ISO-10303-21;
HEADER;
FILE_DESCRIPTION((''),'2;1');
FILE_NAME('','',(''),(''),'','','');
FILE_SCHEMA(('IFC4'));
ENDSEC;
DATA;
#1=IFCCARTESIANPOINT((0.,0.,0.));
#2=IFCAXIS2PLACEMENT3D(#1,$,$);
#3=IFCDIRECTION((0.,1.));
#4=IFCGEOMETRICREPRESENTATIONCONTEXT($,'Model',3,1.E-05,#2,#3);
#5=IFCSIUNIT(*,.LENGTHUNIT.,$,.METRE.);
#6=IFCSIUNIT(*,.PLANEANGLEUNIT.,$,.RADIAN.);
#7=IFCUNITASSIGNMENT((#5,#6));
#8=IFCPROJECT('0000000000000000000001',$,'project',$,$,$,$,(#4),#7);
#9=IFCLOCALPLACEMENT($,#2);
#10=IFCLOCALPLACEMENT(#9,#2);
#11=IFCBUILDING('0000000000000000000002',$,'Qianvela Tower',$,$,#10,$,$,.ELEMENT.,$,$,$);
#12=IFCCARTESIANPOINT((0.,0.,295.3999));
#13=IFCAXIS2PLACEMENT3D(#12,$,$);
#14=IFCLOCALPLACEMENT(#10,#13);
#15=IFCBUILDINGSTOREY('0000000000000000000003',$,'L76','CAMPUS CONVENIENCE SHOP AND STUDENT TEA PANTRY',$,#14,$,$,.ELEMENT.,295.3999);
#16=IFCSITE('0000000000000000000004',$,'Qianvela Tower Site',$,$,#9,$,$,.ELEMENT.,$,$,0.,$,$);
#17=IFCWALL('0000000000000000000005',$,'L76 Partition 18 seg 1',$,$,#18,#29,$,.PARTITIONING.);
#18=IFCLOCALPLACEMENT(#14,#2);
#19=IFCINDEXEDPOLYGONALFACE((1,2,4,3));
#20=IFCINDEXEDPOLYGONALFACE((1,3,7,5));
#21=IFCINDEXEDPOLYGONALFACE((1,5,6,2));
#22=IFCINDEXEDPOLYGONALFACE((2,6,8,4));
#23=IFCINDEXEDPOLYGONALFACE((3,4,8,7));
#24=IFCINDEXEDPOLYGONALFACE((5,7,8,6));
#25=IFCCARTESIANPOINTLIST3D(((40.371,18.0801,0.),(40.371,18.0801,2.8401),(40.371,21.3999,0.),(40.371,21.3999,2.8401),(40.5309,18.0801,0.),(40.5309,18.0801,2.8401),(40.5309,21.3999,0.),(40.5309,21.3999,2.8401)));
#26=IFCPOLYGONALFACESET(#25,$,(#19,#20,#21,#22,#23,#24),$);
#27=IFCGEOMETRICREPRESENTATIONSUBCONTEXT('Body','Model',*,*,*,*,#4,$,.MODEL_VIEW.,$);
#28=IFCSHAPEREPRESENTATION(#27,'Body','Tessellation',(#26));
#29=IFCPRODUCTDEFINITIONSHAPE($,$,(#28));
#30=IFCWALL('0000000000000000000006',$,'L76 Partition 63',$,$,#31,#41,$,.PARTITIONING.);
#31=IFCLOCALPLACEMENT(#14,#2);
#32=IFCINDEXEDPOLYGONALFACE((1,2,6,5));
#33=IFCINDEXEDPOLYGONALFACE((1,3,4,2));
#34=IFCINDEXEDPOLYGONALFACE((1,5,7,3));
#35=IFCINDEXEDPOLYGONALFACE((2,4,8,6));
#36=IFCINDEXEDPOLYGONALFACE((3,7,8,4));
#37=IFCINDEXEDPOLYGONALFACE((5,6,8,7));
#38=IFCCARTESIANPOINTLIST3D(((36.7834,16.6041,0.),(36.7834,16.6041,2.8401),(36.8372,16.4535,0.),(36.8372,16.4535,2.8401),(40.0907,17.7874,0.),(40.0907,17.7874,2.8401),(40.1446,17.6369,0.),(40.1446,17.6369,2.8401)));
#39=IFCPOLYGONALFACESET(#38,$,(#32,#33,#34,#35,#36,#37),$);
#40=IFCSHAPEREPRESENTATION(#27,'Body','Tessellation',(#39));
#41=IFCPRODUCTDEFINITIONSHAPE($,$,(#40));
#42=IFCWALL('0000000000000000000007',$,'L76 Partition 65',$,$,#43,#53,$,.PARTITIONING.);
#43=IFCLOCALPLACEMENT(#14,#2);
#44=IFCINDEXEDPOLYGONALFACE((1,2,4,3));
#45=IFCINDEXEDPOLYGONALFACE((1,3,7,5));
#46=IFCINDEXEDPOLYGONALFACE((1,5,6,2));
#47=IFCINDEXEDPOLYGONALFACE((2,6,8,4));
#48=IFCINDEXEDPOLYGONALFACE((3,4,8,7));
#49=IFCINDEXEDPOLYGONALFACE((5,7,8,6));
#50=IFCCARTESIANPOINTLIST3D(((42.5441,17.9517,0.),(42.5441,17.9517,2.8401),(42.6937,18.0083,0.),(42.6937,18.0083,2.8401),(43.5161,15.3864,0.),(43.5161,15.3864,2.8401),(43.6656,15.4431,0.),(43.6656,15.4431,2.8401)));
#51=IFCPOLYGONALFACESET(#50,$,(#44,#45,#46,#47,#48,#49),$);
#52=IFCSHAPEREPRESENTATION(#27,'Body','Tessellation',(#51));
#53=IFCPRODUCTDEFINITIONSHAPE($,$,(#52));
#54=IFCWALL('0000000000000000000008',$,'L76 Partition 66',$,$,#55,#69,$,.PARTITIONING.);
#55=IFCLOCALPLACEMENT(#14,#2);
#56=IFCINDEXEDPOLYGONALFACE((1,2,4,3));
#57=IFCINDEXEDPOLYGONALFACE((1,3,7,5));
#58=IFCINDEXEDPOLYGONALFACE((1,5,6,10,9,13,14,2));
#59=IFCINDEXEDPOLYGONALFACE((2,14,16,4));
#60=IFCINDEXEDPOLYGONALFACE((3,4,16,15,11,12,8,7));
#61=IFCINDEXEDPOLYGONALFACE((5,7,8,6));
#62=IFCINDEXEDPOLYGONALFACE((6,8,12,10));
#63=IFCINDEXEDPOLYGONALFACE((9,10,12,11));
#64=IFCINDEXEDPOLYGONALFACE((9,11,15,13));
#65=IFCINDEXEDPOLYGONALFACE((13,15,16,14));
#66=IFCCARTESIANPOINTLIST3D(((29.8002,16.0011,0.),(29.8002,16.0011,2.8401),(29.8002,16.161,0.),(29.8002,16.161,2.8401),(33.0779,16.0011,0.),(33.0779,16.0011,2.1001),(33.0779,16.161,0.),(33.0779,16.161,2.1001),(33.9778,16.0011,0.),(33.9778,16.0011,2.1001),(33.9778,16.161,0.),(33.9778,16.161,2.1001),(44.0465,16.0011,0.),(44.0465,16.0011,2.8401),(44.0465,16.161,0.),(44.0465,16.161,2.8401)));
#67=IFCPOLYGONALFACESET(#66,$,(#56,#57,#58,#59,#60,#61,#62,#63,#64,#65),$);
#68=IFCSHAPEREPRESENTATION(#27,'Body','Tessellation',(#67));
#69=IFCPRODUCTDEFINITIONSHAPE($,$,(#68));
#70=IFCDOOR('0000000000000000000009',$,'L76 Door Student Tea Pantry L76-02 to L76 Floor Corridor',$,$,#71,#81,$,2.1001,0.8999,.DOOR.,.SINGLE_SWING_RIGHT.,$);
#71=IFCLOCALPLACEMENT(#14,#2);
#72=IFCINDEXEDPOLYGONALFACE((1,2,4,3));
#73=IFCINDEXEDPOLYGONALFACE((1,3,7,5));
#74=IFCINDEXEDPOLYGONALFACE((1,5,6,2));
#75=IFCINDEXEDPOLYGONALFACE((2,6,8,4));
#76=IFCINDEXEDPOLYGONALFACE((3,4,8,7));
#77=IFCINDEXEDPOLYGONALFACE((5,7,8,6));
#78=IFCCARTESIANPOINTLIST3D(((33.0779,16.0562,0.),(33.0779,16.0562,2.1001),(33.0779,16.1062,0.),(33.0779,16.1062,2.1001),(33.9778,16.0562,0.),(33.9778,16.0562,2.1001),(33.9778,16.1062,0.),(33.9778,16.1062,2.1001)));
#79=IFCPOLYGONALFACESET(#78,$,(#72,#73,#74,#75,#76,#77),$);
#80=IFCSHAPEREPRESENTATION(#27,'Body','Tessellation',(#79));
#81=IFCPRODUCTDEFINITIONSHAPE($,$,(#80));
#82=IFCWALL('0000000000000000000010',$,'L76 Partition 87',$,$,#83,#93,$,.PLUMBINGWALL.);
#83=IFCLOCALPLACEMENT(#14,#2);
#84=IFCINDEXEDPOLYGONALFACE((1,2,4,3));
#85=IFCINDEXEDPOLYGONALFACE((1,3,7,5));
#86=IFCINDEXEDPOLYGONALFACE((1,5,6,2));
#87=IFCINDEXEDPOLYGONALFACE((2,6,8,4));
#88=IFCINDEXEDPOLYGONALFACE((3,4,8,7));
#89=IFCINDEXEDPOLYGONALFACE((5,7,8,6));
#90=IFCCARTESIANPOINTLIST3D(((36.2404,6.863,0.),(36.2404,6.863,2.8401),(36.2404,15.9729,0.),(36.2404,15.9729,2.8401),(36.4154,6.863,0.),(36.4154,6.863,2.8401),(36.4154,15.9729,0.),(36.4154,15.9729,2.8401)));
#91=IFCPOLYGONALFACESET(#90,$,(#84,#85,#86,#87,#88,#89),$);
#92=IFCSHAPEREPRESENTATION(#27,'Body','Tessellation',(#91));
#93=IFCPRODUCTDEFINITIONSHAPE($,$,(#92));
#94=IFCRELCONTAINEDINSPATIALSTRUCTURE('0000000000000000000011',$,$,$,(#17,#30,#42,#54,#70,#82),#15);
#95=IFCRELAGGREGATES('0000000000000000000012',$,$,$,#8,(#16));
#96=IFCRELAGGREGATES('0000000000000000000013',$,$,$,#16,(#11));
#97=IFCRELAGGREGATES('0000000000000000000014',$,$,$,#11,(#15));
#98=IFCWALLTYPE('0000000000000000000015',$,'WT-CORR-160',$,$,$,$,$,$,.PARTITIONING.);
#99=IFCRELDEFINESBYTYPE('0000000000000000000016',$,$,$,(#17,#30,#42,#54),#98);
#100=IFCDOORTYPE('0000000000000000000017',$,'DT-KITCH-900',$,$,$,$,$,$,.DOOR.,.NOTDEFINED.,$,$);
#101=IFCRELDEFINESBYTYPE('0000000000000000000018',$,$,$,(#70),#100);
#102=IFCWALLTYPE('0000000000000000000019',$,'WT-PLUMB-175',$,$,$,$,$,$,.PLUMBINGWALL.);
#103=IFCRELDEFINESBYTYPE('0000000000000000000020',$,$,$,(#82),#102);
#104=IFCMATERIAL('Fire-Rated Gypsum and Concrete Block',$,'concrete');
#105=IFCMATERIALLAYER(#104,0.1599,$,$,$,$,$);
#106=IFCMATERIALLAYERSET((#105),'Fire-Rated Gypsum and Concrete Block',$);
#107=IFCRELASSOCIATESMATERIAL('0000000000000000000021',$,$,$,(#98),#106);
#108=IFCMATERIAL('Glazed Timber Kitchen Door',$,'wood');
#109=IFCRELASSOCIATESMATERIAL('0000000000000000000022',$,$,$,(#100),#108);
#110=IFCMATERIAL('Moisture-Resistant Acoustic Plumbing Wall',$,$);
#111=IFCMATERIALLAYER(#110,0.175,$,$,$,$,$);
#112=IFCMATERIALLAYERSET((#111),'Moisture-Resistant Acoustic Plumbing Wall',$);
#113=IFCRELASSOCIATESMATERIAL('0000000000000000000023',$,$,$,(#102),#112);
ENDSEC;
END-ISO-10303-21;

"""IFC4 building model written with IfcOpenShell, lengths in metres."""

from ifc_helpers import new_model, si_unit, direction, frame, frame_2d, origin, place, context, subcontext, project, spatial, rectangle, extrude, material, layer, layer_set, type_object, element, fill, save


model = new_model("IFC4")

# Units and contexts
model_context = context("Model", 3, precision=1e-05, world=origin(), true_north=direction((0.0, 1.0)))
body_context = subcontext(model_context, "Body", "Model", "MODEL_VIEW")
ifc_project = project(units=[si_unit("LENGTHUNIT", "METRE"), si_unit("PLANEANGLEUNIT", "RADIAN")], contexts=[model_context])

# Site, building, storey
site_placement = place(None, origin())
site = spatial("IfcSite", under=ifc_project, at=site_placement, Name="Qianvela Tower Site", CompositionType="ELEMENT", RefElevation=0.0)
building_placement = place(site_placement, origin())
building = spatial("IfcBuilding", under=site, at=building_placement, Name="Qianvela Tower", CompositionType="ELEMENT")
storey_placement = place(building_placement, frame((0.0, 0.0, 295.3999)))
storey = spatial("IfcBuildingStorey", under=building, at=storey_placement, Name="L76", Description="CAMPUS CONVENIENCE SHOP AND STUDENT TEA PANTRY", CompositionType="ELEMENT", Elevation=295.3999)

# Shared definitions
ifc_material_1 = material(Name="Fire-Rated Gypsum and Concrete Block", Category="concrete")
ifc_layer_1 = layer(ifc_material_1, 0.1599)
ifc_layer_set_1 = layer_set([ifc_layer_1], Name="Fire-Rated Gypsum and Concrete Block")
wall_type_1 = type_object("IfcWallType", Name="WT-CORR-160", PredefinedType="PARTITIONING", material=ifc_layer_set_1)

# Walls
wall_1_placement = place(storey_placement, frame((40.4509, 18.0801, 0.0), z_axis=(0.0, 0.0, 1.0), x_axis=(0.0, 1.0, 0.0)))
element("IfcWall", 1, at=wall_1_placement, inside=storey, type_object=wall_type_1, Name="L76 Partition 18 seg 1", PredefinedType="PARTITIONING", context=body_context, shape_type="SweptSolid", body=[
    extrude(rectangle(XDim=3.3198, YDim=0.1599, at=frame_2d((1.6599, 0.0))), origin(), (0.0, 0.0, 1.0), 2.8401),
])
wall_2_placement = place(storey_placement, frame((36.8103, 16.5288, 0.0), z_axis=(0.0, 0.0, 1.0), x_axis=(0.941548, 0.336878, 0.0)))
element("IfcWall", 2, at=wall_2_placement, inside=storey, type_object=wall_type_1, Name="L76 Partition 63", PredefinedType="PARTITIONING", context=body_context, shape_type="SweptSolid", body=[
    extrude(rectangle(XDim=3.5127, YDim=0.1599, at=frame_2d((1.7563, 0.0))), origin(), (0.0, 0.0, 1.0), 2.8401),
])
wall_3_placement = place(storey_placement, frame((42.6189, 17.98, 0.0), z_axis=(0.0, 0.0, 1.0), x_axis=(0.354311, -0.935128, 0.0)))
element("IfcWall", 3, at=wall_3_placement, inside=storey, type_object=wall_type_1, Name="L76 Partition 65", PredefinedType="PARTITIONING", context=body_context, shape_type="SweptSolid", body=[
    extrude(rectangle(XDim=2.7432, YDim=0.1599, at=frame_2d((1.3716, 0.0))), origin(), (0.0, 0.0, 1.0), 2.8401),
])

# Wall, opening, door
wall_4_placement = place(storey_placement, frame((44.0464, 16.0811, 0.0), z_axis=(0.0, 0.0, 1.0), x_axis=(-1.0, 0.0, 0.0)))
wall_4 = element("IfcWall", 4, at=wall_4_placement, inside=storey, type_object=wall_type_1, Name="L76 Partition 66", PredefinedType="PARTITIONING", context=body_context, shape_type="SweptSolid", body=[
    extrude(rectangle(XDim=14.2463, YDim=0.1599, at=frame_2d((7.123, 0.0))), origin(), (0.0, 0.0, 1.0), 2.8401),
])
opening_1_placement = place(wall_4_placement, frame((10.0686, 0.0, 0.0)))
opening_1 = element("IfcOpeningElement", 5, at=opening_1_placement, cuts=wall_4, PredefinedType="OPENING", context=body_context, shape_type="SweptSolid", body=[
    extrude(rectangle(XDim=0.8999, YDim=2.1001, at=frame_2d((0.45, 1.05))), frame((0.0, 0.0898, 0.0), z_axis=(0.0, -1.0, 0.0), x_axis=(1.0, 0.0, 0.0)), (0.0, 0.0, 1.0), 0.1799),
])
ifc_material_2 = material(Name="Glazed Timber Kitchen Door", Category="wood")
door_type_1 = type_object("IfcDoorType", Name="DT-KITCH-900", OperationType="NOTDEFINED", PredefinedType="DOOR", material=ifc_material_2)
door_1_placement = place(opening_1_placement, origin())
door_1 = element("IfcDoor", 6, at=door_1_placement, inside=storey, type_object=door_type_1, Name="L76 Door Student Tea Pantry L76-02 to L76 Floor Corridor", OperationType="SINGLE_SWING_RIGHT", OverallHeight=2.1001, OverallWidth=0.8999, PredefinedType="DOOR", context=body_context, shape_type="SweptSolid", body=[
    extrude(rectangle(XDim=0.8999, YDim=2.1001, at=frame_2d((0.45, 1.05))), frame((0.0, 0.0249, 0.0), z_axis=(0.0, -1.0, 0.0), x_axis=(1.0, 0.0, 0.0)), (0.0, 0.0, 1.0), 0.05),
])
fill(opening_1, door_1)

# Wall
ifc_material_3 = material(Name="Moisture-Resistant Acoustic Plumbing Wall")
ifc_layer_2 = layer(ifc_material_3, 0.175)
ifc_layer_set_2 = layer_set([ifc_layer_2], Name="Moisture-Resistant Acoustic Plumbing Wall")
wall_type_2 = type_object("IfcWallType", Name="WT-PLUMB-175", PredefinedType="PLUMBINGWALL", material=ifc_layer_set_2)
wall_5_placement = place(storey_placement, frame((36.3279, 15.9729, 0.0), z_axis=(0.0, 0.0, 1.0), x_axis=(0.0, -1.0, 0.0)))
element("IfcWall", 7, at=wall_5_placement, inside=storey, type_object=wall_type_2, Name="L76 Partition 87", PredefinedType="PLUMBINGWALL", context=body_context, shape_type="SweptSolid", body=[
    extrude(rectangle(XDim=9.1099, YDim=0.175, at=frame_2d((4.5549, 0.0))), origin(), (0.0, 0.0, 1.0), 2.8401),
])

save(model, "model.ifc")
